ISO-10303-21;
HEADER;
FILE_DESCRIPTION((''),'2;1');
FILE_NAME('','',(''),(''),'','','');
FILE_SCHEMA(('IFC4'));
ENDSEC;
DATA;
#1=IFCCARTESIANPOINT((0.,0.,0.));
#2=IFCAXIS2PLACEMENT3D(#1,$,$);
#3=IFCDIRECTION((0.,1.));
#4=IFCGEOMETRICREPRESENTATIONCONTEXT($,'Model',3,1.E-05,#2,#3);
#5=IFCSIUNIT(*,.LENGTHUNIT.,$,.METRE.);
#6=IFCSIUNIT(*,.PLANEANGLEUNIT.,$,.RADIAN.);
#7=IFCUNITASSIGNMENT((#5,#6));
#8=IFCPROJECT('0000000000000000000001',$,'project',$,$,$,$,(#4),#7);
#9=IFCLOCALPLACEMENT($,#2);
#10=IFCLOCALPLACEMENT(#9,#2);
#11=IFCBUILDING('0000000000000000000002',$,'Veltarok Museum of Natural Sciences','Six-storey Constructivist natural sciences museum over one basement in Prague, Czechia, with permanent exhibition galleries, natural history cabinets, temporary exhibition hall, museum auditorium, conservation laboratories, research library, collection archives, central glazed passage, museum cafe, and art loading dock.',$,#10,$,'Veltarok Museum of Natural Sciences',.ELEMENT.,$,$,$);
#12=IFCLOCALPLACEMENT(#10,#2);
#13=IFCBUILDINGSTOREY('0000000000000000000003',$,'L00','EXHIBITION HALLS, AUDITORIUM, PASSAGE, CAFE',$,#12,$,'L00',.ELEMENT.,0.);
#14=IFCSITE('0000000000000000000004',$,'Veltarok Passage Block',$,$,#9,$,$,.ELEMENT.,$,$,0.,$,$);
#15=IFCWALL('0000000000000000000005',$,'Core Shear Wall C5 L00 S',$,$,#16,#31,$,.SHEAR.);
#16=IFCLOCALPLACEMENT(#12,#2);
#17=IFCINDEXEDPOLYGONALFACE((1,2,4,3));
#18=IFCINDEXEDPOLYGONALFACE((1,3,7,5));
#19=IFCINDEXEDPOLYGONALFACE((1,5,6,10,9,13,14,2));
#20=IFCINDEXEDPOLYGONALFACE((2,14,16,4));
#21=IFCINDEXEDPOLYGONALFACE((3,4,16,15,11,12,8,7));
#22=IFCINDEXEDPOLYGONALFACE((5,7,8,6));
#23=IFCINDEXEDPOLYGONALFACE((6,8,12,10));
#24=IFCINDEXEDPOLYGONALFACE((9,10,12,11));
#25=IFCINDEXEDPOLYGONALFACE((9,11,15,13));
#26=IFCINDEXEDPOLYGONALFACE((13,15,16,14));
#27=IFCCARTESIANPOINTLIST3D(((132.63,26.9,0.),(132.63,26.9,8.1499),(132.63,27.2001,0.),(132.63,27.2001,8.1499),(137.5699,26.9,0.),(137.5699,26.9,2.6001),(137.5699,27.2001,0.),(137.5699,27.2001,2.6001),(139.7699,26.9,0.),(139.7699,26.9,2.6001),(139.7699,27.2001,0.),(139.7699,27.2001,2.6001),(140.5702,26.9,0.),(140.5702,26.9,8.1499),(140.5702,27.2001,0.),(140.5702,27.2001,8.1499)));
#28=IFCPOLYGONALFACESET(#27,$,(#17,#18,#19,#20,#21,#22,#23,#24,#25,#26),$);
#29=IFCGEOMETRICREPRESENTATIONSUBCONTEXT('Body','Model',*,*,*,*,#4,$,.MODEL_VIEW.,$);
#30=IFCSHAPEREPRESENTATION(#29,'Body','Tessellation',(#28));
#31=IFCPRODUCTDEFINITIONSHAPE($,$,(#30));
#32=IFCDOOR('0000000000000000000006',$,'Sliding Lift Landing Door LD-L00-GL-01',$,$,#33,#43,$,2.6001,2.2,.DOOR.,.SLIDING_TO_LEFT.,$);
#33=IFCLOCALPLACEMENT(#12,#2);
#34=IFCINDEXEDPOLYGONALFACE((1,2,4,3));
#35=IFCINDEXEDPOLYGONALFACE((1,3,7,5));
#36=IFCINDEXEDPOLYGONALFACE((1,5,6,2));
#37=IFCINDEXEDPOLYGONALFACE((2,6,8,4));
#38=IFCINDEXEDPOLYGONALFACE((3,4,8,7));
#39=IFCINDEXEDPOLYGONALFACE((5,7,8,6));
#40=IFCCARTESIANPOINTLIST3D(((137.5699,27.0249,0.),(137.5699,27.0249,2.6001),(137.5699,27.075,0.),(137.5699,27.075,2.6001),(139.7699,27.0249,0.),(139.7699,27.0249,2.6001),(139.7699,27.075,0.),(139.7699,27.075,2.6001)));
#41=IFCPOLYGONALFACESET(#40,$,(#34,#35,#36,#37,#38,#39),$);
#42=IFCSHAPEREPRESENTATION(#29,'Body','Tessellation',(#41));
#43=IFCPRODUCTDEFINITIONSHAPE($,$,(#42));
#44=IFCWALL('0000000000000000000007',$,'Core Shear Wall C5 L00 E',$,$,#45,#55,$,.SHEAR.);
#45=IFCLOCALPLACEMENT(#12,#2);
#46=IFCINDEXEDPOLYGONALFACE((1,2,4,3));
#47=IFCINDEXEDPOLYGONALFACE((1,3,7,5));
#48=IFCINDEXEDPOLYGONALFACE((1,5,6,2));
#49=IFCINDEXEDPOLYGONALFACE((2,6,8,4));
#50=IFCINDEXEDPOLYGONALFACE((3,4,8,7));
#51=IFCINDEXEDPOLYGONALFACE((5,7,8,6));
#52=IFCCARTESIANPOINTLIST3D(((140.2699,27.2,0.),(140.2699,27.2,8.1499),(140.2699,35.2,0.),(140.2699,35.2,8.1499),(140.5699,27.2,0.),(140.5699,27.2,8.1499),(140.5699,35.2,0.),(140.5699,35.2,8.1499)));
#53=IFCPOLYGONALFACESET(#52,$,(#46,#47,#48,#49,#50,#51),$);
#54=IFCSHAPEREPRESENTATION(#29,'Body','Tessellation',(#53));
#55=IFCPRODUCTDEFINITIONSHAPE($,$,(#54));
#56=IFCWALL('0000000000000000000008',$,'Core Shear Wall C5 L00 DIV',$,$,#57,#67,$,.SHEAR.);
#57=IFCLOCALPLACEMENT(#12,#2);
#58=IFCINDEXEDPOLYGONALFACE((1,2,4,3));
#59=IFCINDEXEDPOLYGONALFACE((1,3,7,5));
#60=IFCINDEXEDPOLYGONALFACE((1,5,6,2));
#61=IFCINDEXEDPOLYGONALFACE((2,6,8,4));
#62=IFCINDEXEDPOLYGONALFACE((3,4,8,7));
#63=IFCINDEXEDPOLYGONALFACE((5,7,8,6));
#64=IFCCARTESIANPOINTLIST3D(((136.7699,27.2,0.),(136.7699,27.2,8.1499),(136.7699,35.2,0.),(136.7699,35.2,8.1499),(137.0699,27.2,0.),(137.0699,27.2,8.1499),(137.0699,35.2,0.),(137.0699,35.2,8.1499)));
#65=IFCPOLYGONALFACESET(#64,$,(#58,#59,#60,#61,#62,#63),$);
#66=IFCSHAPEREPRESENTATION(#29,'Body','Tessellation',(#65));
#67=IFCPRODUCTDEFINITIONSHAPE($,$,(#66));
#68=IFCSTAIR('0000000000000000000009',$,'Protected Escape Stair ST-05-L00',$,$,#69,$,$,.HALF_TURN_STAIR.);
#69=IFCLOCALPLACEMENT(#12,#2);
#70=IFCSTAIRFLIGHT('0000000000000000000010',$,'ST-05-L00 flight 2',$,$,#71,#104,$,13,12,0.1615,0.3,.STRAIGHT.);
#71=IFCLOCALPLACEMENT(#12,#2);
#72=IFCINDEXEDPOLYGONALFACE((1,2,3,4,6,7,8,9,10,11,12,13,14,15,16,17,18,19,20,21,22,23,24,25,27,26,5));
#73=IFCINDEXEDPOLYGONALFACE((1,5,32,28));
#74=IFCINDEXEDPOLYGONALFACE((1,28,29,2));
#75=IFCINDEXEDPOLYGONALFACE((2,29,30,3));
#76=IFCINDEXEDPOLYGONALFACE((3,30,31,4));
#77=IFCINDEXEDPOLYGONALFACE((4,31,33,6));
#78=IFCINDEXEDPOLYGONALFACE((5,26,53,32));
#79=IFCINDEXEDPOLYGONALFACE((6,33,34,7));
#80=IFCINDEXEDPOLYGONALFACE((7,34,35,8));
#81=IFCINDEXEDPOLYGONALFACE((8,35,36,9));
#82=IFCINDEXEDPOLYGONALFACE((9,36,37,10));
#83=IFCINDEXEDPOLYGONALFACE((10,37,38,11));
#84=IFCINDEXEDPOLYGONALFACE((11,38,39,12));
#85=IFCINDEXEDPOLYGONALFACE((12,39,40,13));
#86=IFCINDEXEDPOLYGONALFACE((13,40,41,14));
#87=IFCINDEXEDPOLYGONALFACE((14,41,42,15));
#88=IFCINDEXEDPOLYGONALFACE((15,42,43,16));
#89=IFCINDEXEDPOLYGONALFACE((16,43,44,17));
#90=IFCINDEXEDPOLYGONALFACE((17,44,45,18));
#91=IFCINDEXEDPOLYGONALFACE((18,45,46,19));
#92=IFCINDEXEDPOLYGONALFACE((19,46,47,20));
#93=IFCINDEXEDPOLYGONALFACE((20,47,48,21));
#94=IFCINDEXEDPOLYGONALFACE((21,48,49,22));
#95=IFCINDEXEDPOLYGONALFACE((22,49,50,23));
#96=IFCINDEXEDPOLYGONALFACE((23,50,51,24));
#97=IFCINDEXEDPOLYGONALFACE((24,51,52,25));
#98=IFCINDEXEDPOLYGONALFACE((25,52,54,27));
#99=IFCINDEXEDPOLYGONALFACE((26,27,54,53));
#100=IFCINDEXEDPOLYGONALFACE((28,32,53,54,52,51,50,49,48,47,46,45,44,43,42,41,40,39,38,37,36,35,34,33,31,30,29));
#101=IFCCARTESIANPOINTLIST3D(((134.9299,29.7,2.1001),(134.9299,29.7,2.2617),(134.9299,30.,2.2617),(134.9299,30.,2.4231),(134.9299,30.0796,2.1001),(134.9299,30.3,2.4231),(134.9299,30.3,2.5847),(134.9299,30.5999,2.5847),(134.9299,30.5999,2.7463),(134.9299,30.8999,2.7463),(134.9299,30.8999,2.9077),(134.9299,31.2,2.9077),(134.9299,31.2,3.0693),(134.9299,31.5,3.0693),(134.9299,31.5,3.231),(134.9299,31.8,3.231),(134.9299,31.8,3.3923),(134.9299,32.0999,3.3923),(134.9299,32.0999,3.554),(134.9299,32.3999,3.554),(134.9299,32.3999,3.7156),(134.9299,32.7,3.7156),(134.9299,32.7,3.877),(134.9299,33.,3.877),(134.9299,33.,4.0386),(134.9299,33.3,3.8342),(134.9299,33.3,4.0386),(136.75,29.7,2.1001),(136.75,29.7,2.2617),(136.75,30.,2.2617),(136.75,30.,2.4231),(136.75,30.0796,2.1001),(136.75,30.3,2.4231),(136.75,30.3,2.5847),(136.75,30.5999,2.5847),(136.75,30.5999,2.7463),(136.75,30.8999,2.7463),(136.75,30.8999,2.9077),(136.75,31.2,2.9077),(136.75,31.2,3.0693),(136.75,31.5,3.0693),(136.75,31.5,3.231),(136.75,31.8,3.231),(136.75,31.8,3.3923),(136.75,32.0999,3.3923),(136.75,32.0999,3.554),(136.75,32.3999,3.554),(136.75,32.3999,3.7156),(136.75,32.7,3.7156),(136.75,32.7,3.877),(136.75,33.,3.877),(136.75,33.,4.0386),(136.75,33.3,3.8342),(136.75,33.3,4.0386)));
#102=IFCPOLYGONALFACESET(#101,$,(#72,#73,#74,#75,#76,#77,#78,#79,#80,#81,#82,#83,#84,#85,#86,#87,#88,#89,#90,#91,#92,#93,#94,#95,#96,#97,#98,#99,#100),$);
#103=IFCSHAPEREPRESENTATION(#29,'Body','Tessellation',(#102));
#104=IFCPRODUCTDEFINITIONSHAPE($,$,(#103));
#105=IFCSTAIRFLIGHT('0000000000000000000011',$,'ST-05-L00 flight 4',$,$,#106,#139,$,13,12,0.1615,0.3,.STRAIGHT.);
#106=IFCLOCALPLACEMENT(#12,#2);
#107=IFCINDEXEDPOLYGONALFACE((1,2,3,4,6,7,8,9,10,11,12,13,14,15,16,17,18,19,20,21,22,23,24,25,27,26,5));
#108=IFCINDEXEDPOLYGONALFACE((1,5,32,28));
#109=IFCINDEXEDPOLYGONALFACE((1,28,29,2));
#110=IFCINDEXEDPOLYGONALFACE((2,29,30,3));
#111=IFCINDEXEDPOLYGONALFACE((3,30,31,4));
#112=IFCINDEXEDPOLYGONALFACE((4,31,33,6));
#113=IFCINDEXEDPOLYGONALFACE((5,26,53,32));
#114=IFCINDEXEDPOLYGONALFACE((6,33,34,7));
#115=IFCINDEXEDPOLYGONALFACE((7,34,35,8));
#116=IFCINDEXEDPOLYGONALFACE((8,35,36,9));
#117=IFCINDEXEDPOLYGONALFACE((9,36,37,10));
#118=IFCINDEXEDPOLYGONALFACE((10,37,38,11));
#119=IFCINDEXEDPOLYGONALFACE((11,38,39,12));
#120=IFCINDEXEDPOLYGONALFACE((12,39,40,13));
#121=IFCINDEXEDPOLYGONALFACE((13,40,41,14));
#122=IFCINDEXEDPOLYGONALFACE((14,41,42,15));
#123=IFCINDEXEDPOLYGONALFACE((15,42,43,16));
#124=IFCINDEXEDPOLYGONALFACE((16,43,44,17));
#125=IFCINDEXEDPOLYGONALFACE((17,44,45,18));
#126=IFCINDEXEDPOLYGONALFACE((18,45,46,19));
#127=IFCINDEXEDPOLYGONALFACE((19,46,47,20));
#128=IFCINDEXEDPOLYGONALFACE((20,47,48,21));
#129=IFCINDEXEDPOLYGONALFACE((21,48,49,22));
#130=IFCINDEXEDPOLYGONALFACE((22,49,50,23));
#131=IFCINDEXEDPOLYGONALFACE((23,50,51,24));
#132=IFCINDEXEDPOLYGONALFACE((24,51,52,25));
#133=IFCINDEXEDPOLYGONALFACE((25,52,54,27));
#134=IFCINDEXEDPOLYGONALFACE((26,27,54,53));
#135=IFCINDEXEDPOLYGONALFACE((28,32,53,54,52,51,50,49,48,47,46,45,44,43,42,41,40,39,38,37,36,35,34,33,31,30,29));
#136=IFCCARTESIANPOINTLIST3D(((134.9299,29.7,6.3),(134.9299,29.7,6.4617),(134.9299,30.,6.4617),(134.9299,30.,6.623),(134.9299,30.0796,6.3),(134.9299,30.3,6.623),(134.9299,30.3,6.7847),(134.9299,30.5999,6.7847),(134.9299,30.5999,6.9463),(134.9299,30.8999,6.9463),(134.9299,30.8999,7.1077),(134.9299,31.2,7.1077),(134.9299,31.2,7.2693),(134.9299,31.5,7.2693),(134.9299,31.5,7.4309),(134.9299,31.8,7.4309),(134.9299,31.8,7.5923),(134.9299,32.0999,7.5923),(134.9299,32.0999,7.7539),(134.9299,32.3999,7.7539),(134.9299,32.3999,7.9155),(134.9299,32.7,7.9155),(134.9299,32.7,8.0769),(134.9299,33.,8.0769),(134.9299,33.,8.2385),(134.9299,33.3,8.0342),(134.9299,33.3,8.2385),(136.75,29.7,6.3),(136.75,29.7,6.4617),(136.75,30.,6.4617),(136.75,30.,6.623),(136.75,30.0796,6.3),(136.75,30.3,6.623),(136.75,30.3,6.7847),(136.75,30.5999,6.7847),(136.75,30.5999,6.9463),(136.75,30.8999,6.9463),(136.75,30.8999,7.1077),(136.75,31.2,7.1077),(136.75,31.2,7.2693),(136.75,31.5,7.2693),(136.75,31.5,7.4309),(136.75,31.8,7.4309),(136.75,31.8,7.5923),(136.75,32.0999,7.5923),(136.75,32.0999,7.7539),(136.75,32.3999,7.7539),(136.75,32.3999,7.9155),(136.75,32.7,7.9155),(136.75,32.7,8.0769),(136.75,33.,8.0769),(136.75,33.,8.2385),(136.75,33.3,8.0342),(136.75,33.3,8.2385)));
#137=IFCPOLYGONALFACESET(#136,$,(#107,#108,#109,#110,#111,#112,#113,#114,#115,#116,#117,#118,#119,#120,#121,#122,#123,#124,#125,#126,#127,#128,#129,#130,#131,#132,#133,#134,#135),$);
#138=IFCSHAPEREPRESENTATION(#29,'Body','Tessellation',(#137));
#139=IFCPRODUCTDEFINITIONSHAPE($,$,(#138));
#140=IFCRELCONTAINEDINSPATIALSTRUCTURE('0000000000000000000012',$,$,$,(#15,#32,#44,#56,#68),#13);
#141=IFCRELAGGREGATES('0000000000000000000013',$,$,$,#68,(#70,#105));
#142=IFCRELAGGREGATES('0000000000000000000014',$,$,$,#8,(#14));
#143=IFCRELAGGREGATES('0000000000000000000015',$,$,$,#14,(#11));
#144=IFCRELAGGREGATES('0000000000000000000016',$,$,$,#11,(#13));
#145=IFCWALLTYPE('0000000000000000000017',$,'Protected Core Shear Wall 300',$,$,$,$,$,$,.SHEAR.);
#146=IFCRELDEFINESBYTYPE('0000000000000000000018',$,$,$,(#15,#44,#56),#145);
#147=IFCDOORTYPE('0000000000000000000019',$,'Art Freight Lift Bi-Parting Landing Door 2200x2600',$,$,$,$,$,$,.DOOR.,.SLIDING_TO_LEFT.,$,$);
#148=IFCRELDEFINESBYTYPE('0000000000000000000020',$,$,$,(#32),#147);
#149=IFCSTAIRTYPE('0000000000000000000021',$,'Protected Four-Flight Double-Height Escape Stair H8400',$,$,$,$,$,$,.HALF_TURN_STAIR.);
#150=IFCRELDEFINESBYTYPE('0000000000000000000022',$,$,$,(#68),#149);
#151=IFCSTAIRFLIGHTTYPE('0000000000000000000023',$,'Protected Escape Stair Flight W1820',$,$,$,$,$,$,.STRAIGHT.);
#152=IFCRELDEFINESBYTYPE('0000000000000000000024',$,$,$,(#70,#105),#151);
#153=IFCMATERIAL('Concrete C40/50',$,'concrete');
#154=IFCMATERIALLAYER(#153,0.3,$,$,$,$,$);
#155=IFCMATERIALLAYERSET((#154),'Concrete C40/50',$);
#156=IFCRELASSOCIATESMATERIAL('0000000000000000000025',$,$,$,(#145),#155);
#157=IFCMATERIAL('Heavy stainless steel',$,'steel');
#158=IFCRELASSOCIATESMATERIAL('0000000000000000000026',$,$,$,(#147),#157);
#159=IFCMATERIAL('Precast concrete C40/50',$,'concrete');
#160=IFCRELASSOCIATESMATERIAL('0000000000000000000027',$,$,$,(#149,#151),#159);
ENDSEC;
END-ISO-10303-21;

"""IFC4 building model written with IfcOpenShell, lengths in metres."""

from ifc_helpers import new_model, si_unit, direction, frame, frame_2d, origin, place, context, subcontext, project, spatial, polyline, rectangle, outline, extrude, material, layer, layer_set, type_object, element, fill, aggregate, save


model = new_model("IFC4")

# Units and contexts
model_context = context("Model", 3, precision=1e-05, world=origin(), true_north=direction((0.0, 1.0)))
body_context = subcontext(model_context, "Body", "Model", "MODEL_VIEW")
ifc_project = project(units=[si_unit("LENGTHUNIT", "METRE"), si_unit("PLANEANGLEUNIT", "RADIAN")], contexts=[model_context])

# Site, building, storey
site_placement = place(None, origin())
site = spatial("IfcSite", under=ifc_project, at=site_placement, Name="Veltarok Passage Block", CompositionType="ELEMENT", RefElevation=0.0)
building_placement = place(site_placement, origin())
building = spatial("IfcBuilding", under=site, at=building_placement, Name="Veltarok Museum of Natural Sciences", Description="Six-storey Constructivist natural sciences museum over one basement in Prague, Czechia, with permanent exhibition galleries, natural history cabinets, temporary exhibition hall, museum auditorium, conservation laboratories, research library, collection archives, central glazed passage, museum cafe, and art loading dock.", LongName="Veltarok Museum of Natural Sciences", CompositionType="ELEMENT")
storey_placement = place(building_placement, origin())
storey = spatial("IfcBuildingStorey", under=building, at=storey_placement, Name="L00", Description="EXHIBITION HALLS, AUDITORIUM, PASSAGE, CAFE", LongName="L00", CompositionType="ELEMENT", Elevation=0.0)

# Shared definitions
ifc_material_1 = material(Name="Concrete C40/50", Category="concrete")

# Wall, opening, door
ifc_layer_1 = layer(ifc_material_1, 0.3)
ifc_layer_set_1 = layer_set([ifc_layer_1], Name="Concrete C40/50")
wall_type_1 = type_object("IfcWallType", Name="Protected Core Shear Wall 300", PredefinedType="SHEAR", material=ifc_layer_set_1)
wall_1_placement = place(storey_placement, frame((132.6299, 27.05, 0.0), z_axis=(0.0, 0.0, 1.0), x_axis=(1.0, 0.0, 0.0)))
wall_1 = element("IfcWall", 1, at=wall_1_placement, inside=storey, type_object=wall_type_1, Name="Core Shear Wall C5 L00 S", PredefinedType="SHEAR", context=body_context, shape_type="SweptSolid", body=[
    extrude(rectangle(XDim=7.9402, YDim=0.3, at=frame_2d((3.9702, 0.0))), origin(), (0.0, 0.0, 1.0), 8.1499),
])
opening_1_placement = place(wall_1_placement, frame((4.9399, 0.0, 0.0)))
opening_1 = element("IfcOpeningElement", 2, at=opening_1_placement, cuts=wall_1, PredefinedType="OPENING", context=body_context, shape_type="SweptSolid", body=[
    extrude(rectangle(XDim=2.2, YDim=2.6001, at=frame_2d((1.1001, 1.3))), frame((0.0, 0.1602, 0.0), z_axis=(0.0, -1.0, 0.0), x_axis=(1.0, 0.0, 0.0)), (0.0, 0.0, 1.0), 0.3201),
])
ifc_material_2 = material(Name="Heavy stainless steel", Category="steel")
door_type_1 = type_object("IfcDoorType", Name="Art Freight Lift Bi-Parting Landing Door 2200x2600", OperationType="SLIDING_TO_LEFT", PredefinedType="DOOR", material=ifc_material_2)
door_1_placement = place(opening_1_placement, origin())
door_1 = element("IfcDoor", 3, at=door_1_placement, inside=storey, type_object=door_type_1, Name="Sliding Lift Landing Door LD-L00-GL-01", OperationType="SLIDING_TO_LEFT", OverallHeight=2.6001, OverallWidth=2.2, PredefinedType="DOOR", context=body_context, shape_type="SweptSolid", body=[
    extrude(rectangle(XDim=2.2, YDim=2.6001, at=frame_2d((1.1001, 1.3))), frame((0.0, 0.0249, 0.0), z_axis=(0.0, -1.0, 0.0), x_axis=(1.0, 0.0, 0.0)), (0.0, 0.0, 1.0), 0.05),
])
fill(opening_1, door_1)

# Walls
for number, where, z_axis, x_axis, name in (
    (4, (140.4199, 27.2, 0.0), (0.0, 0.0, 1.0), (0.0, 1.0, 0.0), "Core Shear Wall C5 L00 E"),
    (5, (136.9199, 27.2, 0.0), (0.0, 0.0, 1.0), (0.0, 1.0, 0.0), "Core Shear Wall C5 L00 DIV"),
):
    element("IfcWall", number, at=place(storey_placement, frame(where, z_axis=z_axis, x_axis=x_axis)), inside=storey, type_object=wall_type_1, Name=name, PredefinedType="SHEAR", context=body_context, shape_type="SweptSolid", body=[
        extrude(rectangle(XDim=8.0, YDim=0.3, at=frame_2d((4.0, 0.0))), origin(), (0.0, 0.0, 1.0), 8.1499),
    ])

# Stair, stair flights
ifc_material_3 = material(Name="Precast concrete C40/50", Category="concrete")
stair_type = type_object("IfcStairType", Name="Protected Four-Flight Double-Height Escape Stair H8400", PredefinedType="HALF_TURN_STAIR", material=ifc_material_3)
stair_placement = place(storey_placement, origin())
stair = element("IfcStair", 6, at=stair_placement, inside=storey, type_object=stair_type, Name="Protected Escape Stair ST-05-L00", PredefinedType="HALF_TURN_STAIR")
stair_flight_type = type_object("IfcStairFlightType", Name="Protected Escape Stair Flight W1820", PredefinedType="STRAIGHT", material=ifc_material_3)
stair_flight_1_placement = place(storey_placement, frame((135.8401, 29.7, 2.1001), z_axis=(0.0, 0.0, 1.0), x_axis=(0.0, 1.0, 0.0)))
stair_flight_1 = element("IfcStairFlight", 7, at=stair_flight_1_placement, type_object=stair_flight_type, Name="ST-05-L00 flight 2", NumberOfRisers=13, NumberOfTreads=12, PredefinedType="STRAIGHT", RiserHeight=0.1615, TreadLength=0.3, context=body_context, shape_type="SweptSolid", body=[
    extrude(outline(polyline([(0.0, 0.0), (0.0, 0.1616), (0.3, 0.1616), (0.3, 0.323), (0.6001, 0.323), (0.6001, 0.4846), (0.8999, 0.4846), (0.8999, 0.6462), (1.2, 0.6462), (1.2, 0.8076), (1.5, 0.8076), (1.5, 0.9692), (1.8, 0.9692), (1.8, 1.1309), (2.1001, 1.1309), (2.1001, 1.2922), (2.3999, 1.2922), (2.3999, 1.4539), (2.7, 1.4539), (2.7, 1.6155), (3.0, 1.6155), (3.0, 1.7769), (3.3, 1.7769), (3.3, 1.9385), (3.6001, 1.9385), (3.6001, 2.1001), (3.6001, 1.7341), (0.3796, 0.0), (0.0, 0.0)])), frame((0.0, 0.9102, 0.0), z_axis=(0.0, -1.0, 0.0), x_axis=(1.0, 0.0, 0.0)), (0.0, 0.0, 1.0), 1.8201),
])
stair_flight_2_placement = place(storey_placement, frame((135.8401, 29.7, 6.3), z_axis=(0.0, 0.0, 1.0), x_axis=(0.0, 1.0, 0.0)))
stair_flight_2 = element("IfcStairFlight", 8, at=stair_flight_2_placement, type_object=stair_flight_type, Name="ST-05-L00 flight 4", NumberOfRisers=13, NumberOfTreads=12, PredefinedType="STRAIGHT", RiserHeight=0.1615, TreadLength=0.3, context=body_context, shape_type="SweptSolid", body=[
    extrude(outline(polyline([(0.0, 0.0), (0.0, 0.1616), (0.3, 0.1616), (0.3, 0.323), (0.6001, 0.323), (0.6001, 0.4846), (0.8999, 0.4846), (0.8999, 0.6462), (1.2, 0.6462), (1.2, 0.8076), (1.5, 0.8076), (1.5, 0.9692), (1.8, 0.9692), (1.8, 1.1309), (2.1001, 1.1309), (2.1001, 1.2922), (2.3999, 1.2922), (2.3999, 1.4539), (2.7, 1.4539), (2.7, 1.6155), (3.0, 1.6155), (3.0, 1.7769), (3.3, 1.7769), (3.3, 1.9385), (3.6001, 1.9385), (3.6001, 2.1001), (3.6001, 1.7341), (0.3796, 0.0), (0.0, 0.0)])), frame((0.0, 0.9102, 0.0), z_axis=(0.0, -1.0, 0.0), x_axis=(1.0, 0.0, 0.0)), (0.0, 0.0, 1.0), 1.8201),
])
aggregate(stair, [stair_flight_1, stair_flight_2])

save(model, "model.ifc")
